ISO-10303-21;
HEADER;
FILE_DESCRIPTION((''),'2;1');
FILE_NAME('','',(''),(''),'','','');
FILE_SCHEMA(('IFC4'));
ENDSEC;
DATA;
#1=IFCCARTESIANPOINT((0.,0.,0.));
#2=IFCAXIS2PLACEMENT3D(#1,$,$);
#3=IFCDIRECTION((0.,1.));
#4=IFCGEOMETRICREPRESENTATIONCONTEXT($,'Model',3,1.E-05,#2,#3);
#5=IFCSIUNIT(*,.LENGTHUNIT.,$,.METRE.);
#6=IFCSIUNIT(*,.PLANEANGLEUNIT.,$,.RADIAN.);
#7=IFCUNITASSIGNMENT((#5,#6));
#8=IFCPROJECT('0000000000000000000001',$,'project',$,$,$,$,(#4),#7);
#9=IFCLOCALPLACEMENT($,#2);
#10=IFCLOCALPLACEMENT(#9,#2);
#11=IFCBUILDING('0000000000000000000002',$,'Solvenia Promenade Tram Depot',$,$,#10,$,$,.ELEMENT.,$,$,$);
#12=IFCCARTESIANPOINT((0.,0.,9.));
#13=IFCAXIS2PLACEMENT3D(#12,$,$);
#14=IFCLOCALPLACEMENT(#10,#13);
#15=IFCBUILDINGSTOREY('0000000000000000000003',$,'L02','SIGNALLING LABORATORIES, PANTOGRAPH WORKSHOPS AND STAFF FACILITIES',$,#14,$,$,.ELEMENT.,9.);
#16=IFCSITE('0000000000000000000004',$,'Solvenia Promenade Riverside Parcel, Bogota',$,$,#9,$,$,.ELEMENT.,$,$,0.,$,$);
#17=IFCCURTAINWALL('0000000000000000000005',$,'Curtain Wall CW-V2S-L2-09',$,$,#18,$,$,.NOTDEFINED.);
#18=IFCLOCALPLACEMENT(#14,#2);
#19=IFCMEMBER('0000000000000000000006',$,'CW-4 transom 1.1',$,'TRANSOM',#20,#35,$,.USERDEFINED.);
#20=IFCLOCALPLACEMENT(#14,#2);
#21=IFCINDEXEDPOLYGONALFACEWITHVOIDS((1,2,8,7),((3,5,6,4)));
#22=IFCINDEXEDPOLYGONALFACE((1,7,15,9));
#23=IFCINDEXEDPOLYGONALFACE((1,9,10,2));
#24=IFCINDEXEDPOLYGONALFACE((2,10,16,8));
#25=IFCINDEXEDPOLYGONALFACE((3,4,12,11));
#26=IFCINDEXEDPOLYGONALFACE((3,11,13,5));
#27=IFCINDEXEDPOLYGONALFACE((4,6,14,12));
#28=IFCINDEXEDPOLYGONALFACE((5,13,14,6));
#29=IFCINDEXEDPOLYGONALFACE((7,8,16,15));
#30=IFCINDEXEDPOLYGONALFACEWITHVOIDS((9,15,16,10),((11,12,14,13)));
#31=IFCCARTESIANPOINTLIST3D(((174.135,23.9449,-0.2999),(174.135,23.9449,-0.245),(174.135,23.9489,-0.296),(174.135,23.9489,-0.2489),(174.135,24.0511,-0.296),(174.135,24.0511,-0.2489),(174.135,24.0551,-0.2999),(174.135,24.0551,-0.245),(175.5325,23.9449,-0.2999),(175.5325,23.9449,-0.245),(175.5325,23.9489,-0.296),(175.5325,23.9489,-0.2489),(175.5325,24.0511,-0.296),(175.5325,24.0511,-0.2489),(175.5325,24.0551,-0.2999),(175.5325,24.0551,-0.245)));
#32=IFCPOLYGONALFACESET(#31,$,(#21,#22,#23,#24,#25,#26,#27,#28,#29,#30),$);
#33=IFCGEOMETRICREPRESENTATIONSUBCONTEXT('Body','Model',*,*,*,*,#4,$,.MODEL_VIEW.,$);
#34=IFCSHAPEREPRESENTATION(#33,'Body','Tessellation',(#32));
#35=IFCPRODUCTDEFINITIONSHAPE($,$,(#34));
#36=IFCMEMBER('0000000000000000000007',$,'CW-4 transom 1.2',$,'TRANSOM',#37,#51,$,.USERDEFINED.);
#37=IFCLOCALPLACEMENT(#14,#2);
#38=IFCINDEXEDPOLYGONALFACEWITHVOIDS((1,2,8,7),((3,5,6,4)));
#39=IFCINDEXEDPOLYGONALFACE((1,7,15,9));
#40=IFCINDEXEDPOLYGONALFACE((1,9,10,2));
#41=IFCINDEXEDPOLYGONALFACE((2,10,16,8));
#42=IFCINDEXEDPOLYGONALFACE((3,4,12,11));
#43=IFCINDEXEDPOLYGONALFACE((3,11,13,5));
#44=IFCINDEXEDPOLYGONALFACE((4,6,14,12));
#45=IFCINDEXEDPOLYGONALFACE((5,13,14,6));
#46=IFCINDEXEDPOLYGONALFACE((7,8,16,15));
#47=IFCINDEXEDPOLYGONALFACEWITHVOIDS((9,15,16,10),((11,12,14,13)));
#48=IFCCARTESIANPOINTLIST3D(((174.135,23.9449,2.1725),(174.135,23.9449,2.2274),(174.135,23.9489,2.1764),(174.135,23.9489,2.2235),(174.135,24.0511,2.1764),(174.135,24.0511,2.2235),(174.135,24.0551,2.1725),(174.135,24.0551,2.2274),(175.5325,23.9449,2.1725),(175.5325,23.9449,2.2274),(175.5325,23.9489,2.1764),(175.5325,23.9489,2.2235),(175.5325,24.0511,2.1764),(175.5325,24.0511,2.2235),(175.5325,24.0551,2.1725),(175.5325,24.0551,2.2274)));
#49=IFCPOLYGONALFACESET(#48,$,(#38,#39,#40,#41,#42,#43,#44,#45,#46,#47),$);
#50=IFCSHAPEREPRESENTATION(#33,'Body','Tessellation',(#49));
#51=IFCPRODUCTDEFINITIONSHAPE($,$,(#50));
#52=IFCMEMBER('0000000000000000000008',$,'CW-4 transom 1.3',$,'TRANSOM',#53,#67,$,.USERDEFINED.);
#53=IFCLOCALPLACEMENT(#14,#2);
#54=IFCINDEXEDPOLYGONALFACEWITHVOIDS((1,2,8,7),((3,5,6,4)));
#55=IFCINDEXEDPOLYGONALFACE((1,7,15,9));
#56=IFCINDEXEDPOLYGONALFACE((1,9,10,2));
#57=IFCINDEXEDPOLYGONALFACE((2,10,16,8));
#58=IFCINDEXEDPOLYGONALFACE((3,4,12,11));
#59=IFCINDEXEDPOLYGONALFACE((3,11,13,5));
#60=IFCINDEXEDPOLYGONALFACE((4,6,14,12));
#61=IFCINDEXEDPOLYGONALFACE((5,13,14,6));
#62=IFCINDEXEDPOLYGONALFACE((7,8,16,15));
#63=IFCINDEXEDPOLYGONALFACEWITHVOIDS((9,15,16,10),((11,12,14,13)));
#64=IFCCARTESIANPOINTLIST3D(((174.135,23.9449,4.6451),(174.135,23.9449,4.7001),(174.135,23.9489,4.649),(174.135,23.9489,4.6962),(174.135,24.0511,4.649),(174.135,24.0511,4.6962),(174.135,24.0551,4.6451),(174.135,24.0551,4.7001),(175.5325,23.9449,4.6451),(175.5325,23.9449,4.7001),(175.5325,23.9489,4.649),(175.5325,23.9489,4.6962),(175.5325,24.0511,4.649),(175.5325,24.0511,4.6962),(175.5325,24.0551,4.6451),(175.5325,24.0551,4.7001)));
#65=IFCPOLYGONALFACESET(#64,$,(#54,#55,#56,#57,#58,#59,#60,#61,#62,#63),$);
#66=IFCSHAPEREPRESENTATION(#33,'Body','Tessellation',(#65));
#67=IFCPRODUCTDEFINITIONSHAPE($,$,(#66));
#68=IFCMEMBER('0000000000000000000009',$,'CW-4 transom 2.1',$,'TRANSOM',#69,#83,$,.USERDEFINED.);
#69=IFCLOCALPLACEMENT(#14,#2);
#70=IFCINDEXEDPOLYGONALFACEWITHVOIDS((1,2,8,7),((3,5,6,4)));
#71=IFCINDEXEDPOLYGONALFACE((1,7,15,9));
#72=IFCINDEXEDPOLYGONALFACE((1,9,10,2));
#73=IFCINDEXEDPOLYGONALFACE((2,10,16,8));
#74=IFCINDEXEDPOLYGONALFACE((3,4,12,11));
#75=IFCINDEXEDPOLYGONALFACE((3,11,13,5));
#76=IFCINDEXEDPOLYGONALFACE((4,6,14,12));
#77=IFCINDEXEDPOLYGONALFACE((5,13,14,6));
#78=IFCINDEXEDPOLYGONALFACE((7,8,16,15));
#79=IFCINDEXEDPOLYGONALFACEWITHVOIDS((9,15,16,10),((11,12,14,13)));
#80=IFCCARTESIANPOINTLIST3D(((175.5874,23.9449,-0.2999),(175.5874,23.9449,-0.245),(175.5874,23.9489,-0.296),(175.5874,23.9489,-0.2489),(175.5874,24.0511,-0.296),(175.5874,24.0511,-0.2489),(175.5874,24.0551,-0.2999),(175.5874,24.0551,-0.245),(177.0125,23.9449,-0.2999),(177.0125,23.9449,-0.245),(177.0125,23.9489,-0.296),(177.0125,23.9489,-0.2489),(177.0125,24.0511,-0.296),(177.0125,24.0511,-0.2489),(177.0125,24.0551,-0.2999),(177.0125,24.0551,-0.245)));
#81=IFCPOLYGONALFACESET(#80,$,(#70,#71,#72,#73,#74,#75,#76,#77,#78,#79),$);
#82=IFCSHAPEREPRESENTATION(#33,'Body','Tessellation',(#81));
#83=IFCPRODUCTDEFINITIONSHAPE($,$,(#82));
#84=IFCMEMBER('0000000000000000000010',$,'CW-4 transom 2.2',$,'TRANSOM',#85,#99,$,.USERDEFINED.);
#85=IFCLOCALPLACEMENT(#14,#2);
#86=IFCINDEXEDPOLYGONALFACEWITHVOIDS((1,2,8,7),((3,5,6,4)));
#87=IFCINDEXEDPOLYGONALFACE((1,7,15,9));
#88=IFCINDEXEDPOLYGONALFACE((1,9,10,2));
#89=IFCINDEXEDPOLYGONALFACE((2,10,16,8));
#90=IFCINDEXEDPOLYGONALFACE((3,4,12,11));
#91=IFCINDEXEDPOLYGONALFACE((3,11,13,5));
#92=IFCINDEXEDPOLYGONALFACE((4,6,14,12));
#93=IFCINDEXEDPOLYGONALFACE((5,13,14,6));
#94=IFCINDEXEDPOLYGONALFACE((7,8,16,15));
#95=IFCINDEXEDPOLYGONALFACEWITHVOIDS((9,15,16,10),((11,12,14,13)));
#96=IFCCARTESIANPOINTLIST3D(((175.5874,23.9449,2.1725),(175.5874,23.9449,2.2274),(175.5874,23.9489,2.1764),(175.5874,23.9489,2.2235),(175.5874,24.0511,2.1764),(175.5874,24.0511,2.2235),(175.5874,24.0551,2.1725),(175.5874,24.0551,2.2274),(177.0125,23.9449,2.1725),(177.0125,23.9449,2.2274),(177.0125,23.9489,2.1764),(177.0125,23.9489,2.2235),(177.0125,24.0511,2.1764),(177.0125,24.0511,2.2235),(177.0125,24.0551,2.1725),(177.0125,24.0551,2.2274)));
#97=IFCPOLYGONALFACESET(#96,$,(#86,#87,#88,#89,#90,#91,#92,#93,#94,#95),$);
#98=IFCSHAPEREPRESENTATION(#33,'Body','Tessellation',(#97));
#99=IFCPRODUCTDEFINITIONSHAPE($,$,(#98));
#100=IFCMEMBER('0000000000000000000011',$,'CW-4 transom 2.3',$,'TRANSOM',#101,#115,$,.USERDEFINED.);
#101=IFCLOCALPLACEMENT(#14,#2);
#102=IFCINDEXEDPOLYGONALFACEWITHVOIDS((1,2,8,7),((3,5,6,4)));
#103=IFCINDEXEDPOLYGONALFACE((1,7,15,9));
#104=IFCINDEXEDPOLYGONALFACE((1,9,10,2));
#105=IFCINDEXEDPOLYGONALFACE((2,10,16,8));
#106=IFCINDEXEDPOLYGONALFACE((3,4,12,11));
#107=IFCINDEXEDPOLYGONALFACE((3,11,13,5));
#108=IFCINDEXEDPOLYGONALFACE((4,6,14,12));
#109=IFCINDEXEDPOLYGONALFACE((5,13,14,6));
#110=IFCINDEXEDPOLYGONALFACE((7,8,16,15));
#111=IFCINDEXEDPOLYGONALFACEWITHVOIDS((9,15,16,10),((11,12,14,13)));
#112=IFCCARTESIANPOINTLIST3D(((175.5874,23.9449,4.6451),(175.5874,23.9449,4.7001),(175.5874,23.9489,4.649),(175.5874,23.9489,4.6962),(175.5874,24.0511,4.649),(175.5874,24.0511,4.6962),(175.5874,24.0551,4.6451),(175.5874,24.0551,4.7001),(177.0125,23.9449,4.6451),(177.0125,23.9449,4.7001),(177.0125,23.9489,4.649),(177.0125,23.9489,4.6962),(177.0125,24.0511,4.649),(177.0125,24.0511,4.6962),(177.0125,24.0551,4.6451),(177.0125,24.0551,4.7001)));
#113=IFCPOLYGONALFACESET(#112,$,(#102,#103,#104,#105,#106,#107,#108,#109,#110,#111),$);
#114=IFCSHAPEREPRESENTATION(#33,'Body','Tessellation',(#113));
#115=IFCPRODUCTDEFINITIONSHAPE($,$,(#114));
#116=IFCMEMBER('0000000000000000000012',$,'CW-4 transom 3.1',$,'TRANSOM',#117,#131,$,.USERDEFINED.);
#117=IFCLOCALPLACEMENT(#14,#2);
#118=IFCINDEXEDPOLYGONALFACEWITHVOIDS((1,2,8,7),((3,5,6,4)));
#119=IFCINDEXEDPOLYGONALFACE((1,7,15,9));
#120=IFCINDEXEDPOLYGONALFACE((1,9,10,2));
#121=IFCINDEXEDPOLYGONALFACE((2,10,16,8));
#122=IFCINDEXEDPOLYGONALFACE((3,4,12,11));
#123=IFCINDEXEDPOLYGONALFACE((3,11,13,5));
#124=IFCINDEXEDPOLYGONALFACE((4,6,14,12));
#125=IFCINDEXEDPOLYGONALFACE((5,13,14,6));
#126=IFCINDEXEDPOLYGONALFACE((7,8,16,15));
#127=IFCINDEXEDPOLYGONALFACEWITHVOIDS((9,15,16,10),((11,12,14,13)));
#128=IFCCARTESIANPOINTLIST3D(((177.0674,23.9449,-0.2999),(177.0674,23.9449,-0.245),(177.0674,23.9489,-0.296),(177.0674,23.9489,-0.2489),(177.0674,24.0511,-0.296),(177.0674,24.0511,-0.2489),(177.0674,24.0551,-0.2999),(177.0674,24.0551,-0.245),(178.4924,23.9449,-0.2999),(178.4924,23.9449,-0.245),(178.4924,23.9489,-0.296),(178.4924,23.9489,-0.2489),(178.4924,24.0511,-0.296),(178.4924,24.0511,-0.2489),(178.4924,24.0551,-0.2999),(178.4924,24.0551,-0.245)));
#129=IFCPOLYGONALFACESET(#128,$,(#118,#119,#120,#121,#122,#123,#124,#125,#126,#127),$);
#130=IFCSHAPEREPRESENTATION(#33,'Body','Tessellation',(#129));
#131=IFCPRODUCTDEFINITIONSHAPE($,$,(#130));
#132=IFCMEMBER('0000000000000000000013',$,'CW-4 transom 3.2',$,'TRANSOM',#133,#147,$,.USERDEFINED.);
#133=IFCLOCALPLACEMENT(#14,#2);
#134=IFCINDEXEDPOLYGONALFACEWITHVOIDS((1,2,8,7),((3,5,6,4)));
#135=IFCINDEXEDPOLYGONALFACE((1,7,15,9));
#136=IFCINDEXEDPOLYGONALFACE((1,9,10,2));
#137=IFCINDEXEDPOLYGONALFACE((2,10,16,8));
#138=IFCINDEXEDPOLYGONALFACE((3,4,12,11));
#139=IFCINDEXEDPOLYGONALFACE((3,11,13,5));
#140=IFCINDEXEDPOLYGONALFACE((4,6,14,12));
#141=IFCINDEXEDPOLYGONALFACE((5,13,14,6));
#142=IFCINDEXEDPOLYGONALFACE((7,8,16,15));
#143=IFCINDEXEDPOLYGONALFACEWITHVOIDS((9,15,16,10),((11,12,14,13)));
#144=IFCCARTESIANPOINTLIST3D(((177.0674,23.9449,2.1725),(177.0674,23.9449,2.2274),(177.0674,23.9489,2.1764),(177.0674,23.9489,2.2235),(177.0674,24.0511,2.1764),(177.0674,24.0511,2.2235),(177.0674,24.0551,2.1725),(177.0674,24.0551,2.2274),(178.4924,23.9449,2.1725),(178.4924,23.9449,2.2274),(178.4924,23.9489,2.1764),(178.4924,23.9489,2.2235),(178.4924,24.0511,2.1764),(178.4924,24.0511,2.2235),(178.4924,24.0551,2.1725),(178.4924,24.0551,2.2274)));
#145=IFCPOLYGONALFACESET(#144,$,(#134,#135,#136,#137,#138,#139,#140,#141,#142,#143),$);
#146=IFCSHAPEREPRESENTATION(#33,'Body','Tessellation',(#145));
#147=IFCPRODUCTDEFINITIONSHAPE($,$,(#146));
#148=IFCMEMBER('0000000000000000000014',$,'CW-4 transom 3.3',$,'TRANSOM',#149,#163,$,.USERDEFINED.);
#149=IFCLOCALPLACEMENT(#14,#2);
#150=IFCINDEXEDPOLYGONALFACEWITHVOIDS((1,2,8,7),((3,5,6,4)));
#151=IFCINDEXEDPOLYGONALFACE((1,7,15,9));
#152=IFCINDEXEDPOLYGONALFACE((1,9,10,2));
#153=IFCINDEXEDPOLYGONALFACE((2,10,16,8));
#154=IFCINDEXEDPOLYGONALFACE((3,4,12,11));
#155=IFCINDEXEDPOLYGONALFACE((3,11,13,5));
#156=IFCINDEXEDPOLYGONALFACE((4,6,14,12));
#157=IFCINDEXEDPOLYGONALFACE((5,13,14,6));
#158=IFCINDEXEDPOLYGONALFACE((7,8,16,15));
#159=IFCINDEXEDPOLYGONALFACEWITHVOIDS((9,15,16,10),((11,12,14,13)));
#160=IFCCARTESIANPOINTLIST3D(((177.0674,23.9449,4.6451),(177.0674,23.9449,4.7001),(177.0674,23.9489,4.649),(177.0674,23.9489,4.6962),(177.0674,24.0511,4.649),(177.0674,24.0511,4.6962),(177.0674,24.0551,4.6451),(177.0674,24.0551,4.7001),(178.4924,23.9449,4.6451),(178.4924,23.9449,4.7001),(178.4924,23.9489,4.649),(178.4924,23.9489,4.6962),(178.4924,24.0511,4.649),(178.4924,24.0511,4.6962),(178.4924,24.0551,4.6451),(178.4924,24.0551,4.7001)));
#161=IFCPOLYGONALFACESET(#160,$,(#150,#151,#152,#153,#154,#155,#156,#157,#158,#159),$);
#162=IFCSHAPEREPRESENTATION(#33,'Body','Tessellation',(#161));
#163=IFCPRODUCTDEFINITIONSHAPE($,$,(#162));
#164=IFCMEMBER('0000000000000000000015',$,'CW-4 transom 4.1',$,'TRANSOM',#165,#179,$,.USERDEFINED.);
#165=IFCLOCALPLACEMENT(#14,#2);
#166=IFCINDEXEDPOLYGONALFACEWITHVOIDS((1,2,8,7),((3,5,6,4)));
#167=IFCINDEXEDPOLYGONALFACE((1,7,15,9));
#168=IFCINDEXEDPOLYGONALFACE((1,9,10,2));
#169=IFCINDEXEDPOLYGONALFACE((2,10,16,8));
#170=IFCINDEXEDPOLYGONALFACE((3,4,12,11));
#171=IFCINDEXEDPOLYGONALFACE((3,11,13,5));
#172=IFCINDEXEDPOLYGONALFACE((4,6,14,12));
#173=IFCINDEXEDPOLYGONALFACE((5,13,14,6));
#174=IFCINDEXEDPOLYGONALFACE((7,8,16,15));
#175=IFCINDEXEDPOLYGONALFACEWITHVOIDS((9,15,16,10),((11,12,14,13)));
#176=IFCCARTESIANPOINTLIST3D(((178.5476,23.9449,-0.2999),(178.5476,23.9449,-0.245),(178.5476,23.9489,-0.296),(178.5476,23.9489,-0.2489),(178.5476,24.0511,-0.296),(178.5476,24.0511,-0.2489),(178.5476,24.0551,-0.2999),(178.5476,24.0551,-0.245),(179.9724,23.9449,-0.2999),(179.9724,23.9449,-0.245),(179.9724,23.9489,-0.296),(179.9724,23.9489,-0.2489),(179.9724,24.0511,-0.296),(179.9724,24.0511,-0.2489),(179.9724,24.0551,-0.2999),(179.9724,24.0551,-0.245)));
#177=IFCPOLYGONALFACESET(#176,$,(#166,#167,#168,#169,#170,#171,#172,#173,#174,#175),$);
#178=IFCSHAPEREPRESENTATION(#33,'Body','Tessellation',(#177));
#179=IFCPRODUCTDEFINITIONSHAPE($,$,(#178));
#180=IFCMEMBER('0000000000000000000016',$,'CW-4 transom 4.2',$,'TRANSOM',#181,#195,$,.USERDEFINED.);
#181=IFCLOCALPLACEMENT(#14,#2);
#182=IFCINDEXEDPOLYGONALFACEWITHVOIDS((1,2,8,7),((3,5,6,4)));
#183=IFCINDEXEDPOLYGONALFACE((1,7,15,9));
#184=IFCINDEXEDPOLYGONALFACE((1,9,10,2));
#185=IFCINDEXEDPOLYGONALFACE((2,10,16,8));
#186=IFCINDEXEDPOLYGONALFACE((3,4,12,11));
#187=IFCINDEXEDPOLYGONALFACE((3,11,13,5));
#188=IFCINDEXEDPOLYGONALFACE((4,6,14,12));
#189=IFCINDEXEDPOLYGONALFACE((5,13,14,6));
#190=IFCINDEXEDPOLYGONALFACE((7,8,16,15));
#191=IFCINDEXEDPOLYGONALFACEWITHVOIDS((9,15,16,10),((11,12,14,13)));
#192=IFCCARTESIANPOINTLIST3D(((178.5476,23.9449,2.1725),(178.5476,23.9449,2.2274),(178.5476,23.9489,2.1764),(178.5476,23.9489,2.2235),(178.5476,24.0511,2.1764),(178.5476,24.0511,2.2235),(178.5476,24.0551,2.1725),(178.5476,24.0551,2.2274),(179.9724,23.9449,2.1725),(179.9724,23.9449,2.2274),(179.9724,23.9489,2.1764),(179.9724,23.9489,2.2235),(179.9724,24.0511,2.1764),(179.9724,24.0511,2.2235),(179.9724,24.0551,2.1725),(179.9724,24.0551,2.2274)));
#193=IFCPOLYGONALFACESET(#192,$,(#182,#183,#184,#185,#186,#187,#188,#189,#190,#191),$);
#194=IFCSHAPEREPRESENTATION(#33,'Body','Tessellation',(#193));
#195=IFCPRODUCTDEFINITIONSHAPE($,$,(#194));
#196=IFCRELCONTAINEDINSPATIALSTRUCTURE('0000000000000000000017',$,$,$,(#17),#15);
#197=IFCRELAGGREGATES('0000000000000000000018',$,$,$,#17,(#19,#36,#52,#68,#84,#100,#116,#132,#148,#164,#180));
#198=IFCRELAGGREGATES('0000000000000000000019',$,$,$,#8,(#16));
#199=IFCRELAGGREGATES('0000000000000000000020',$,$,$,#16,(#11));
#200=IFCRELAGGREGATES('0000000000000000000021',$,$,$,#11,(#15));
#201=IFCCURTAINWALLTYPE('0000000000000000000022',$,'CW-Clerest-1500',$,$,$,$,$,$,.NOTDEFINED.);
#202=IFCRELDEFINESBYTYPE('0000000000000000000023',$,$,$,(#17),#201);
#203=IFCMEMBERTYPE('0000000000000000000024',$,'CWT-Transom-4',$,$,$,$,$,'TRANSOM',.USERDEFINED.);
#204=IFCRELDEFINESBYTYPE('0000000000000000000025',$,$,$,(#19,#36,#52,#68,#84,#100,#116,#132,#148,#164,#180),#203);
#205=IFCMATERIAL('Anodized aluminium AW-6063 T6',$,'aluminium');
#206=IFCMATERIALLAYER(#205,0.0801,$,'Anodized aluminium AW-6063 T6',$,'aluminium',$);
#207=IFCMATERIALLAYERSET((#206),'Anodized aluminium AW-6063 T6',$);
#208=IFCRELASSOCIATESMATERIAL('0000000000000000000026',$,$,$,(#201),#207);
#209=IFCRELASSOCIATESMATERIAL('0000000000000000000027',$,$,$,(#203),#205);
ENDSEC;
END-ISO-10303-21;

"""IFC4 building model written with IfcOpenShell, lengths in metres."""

from ifc_helpers import new_model, si_unit, direction, frame, origin, origin_2d, place, context, subcontext, project, spatial, hollow_rectangle, extrude, material, layer, layer_set, material_profile, profile_set, type_object, element, aggregate, save


model = new_model("IFC4")

# Units and contexts
model_context = context("Model", 3, precision=1e-05, world=origin(), true_north=direction((0.0, 1.0)))
body_context = subcontext(model_context, "Body", "Model", "MODEL_VIEW")
ifc_project = project(units=[si_unit("LENGTHUNIT", "METRE"), si_unit("PLANEANGLEUNIT", "RADIAN")], contexts=[model_context])

# Site, building, storey
site_placement = place(None, origin())
site = spatial("IfcSite", under=ifc_project, at=site_placement, Name="Solvenia Promenade Riverside Parcel, Bogota", CompositionType="ELEMENT", RefElevation=0.0)
building_placement = place(site_placement, origin())
building = spatial("IfcBuilding", under=site, at=building_placement, Name="Solvenia Promenade Tram Depot", CompositionType="ELEMENT")
storey_placement = place(building_placement, frame((0.0, 0.0, 9.0)))
storey = spatial("IfcBuildingStorey", under=building, at=storey_placement, Name="L02", Description="SIGNALLING LABORATORIES, PANTOGRAPH WORKSHOPS AND STAFF FACILITIES", CompositionType="ELEMENT", Elevation=9.0)

# Shared definitions
ifc_material_1 = material(Name="Anodized aluminium AW-6063 T6", Category="aluminium")
ifc_layer_1 = layer(ifc_material_1, 0.0801, Name="Anodized aluminium AW-6063 T6", Category="aluminium")
ifc_layer_set_1 = layer_set([ifc_layer_1], Name="Anodized aluminium AW-6063 T6")
curtain_wall_type = type_object("IfcCurtainWallType", Name="CW-Clerest-1500", PredefinedType="NOTDEFINED", material=ifc_layer_set_1)

# Curtain wall, members
curtain_wall_1_placement = place(storey_placement, origin())
curtain_wall_1 = element("IfcCurtainWall", 1, at=curtain_wall_1_placement, inside=storey, type_object=curtain_wall_type, Name="Curtain Wall CW-V2S-L2-09", PredefinedType="NOTDEFINED")
ifc_material_profile_1 = material_profile(ifc_material_1, hollow_rectangle(XDim=0.1101, YDim=0.0549, WallThickness=0.0039, at=origin_2d()), Name="ALU-T4", Category="aluminium")
ifc_profile_set_1 = profile_set([ifc_material_profile_1], Name="Anodized aluminium AW-6063 T6")
member_type_1 = type_object("IfcMemberType", Name="CWT-Transom-4", ElementType="TRANSOM", PredefinedType="USERDEFINED", material=ifc_profile_set_1)
member_1_placement = place(storey_placement, frame((174.135, 24.0, -0.2725), z_axis=(1.0, 0.0, 0.0), x_axis=(0.0, 1.0, 0.0)))
member_1 = element("IfcMember", 2, at=member_1_placement, type_object=member_type_1, Name="CW-4 transom 1.1", ObjectType="TRANSOM", PredefinedType="USERDEFINED", context=body_context, shape_type="SweptSolid", body=[
    extrude(hollow_rectangle(XDim=0.1101, YDim=0.0549, WallThickness=0.0039, at=origin_2d()), origin(), (0.0, 0.0, 1.0), 1.3975),
])
member_2_placement = place(storey_placement, frame((174.135, 24.0, 2.2), z_axis=(1.0, 0.0, 0.0), x_axis=(0.0, 1.0, 0.0)))
member_2 = element("IfcMember", 3, at=member_2_placement, type_object=member_type_1, Name="CW-4 transom 1.2", ObjectType="TRANSOM", PredefinedType="USERDEFINED", context=body_context, shape_type="SweptSolid", body=[
    extrude(hollow_rectangle(XDim=0.1101, YDim=0.0549, WallThickness=0.0039, at=origin_2d()), origin(), (0.0, 0.0, 1.0), 1.3975),
])
member_3_placement = place(storey_placement, frame((174.135, 24.0, 4.6726), z_axis=(1.0, 0.0, 0.0), x_axis=(0.0, 1.0, 0.0)))
member_3 = element("IfcMember", 4, at=member_3_placement, type_object=member_type_1, Name="CW-4 transom 1.3", ObjectType="TRANSOM", PredefinedType="USERDEFINED", context=body_context, shape_type="SweptSolid", body=[
    extrude(hollow_rectangle(XDim=0.1101, YDim=0.0549, WallThickness=0.0039, at=origin_2d()), origin(), (0.0, 0.0, 1.0), 1.3975),
])
member_4_placement = place(storey_placement, frame((175.5874, 24.0, -0.2725), z_axis=(1.0, 0.0, 0.0), x_axis=(0.0, 1.0, 0.0)))
member_4 = element("IfcMember", 5, at=member_4_placement, type_object=member_type_1, Name="CW-4 transom 2.1", ObjectType="TRANSOM", PredefinedType="USERDEFINED", context=body_context, shape_type="SweptSolid", body=[
    extrude(hollow_rectangle(XDim=0.1101, YDim=0.0549, WallThickness=0.0039, at=origin_2d()), origin(), (0.0, 0.0, 1.0), 1.425),
])
member_5_placement = place(storey_placement, frame((175.5874, 24.0, 2.2), z_axis=(1.0, 0.0, 0.0), x_axis=(0.0, 1.0, 0.0)))
member_5 = element("IfcMember", 6, at=member_5_placement, type_object=member_type_1, Name="CW-4 transom 2.2", ObjectType="TRANSOM", PredefinedType="USERDEFINED", context=body_context, shape_type="SweptSolid", body=[
    extrude(hollow_rectangle(XDim=0.1101, YDim=0.0549, WallThickness=0.0039, at=origin_2d()), origin(), (0.0, 0.0, 1.0), 1.425),
])
member_6_placement = place(storey_placement, frame((175.5874, 24.0, 4.6726), z_axis=(1.0, 0.0, 0.0), x_axis=(0.0, 1.0, 0.0)))
member_6 = element("IfcMember", 7, at=member_6_placement, type_object=member_type_1, Name="CW-4 transom 2.3", ObjectType="TRANSOM", PredefinedType="USERDEFINED", context=body_context, shape_type="SweptSolid", body=[
    extrude(hollow_rectangle(XDim=0.1101, YDim=0.0549, WallThickness=0.0039, at=origin_2d()), origin(), (0.0, 0.0, 1.0), 1.425),
])
member_7_placement = place(storey_placement, frame((177.0674, 24.0, -0.2725), z_axis=(1.0, 0.0, 0.0), x_axis=(0.0, 1.0, 0.0)))
member_7 = element("IfcMember", 8, at=member_7_placement, type_object=member_type_1, Name="CW-4 transom 3.1", ObjectType="TRANSOM", PredefinedType="USERDEFINED", context=body_context, shape_type="SweptSolid", body=[
    extrude(hollow_rectangle(XDim=0.1101, YDim=0.0549, WallThickness=0.0039, at=origin_2d()), origin(), (0.0, 0.0, 1.0), 1.425),
])
member_8_placement = place(storey_placement, frame((177.0674, 24.0, 2.2), z_axis=(1.0, 0.0, 0.0), x_axis=(0.0, 1.0, 0.0)))
member_8 = element("IfcMember", 9, at=member_8_placement, type_object=member_type_1, Name="CW-4 transom 3.2", ObjectType="TRANSOM", PredefinedType="USERDEFINED", context=body_context, shape_type="SweptSolid", body=[
    extrude(hollow_rectangle(XDim=0.1101, YDim=0.0549, WallThickness=0.0039, at=origin_2d()), origin(), (0.0, 0.0, 1.0), 1.425),
])
member_9_placement = place(storey_placement, frame((177.0674, 24.0, 4.6726), z_axis=(1.0, 0.0, 0.0), x_axis=(0.0, 1.0, 0.0)))
member_9 = element("IfcMember", 10, at=member_9_placement, type_object=member_type_1, Name="CW-4 transom 3.3", ObjectType="TRANSOM", PredefinedType="USERDEFINED", context=body_context, shape_type="SweptSolid", body=[
    extrude(hollow_rectangle(XDim=0.1101, YDim=0.0549, WallThickness=0.0039, at=origin_2d()), origin(), (0.0, 0.0, 1.0), 1.425),
])
member_10_placement = place(storey_placement, frame((178.5476, 24.0, -0.2725), z_axis=(1.0, 0.0, 0.0), x_axis=(0.0, 1.0, 0.0)))
member_10 = element("IfcMember", 11, at=member_10_placement, type_object=member_type_1, Name="CW-4 transom 4.1", ObjectType="TRANSOM", PredefinedType="USERDEFINED", context=body_context, shape_type="SweptSolid", body=[
    extrude(hollow_rectangle(XDim=0.1101, YDim=0.0549, WallThickness=0.0039, at=origin_2d()), origin(), (0.0, 0.0, 1.0), 1.4248),
])
member_11_placement = place(storey_placement, frame((178.5476, 24.0, 2.2), z_axis=(1.0, 0.0, 0.0), x_axis=(0.0, 1.0, 0.0)))
member_11 = element("IfcMember", 12, at=member_11_placement, type_object=member_type_1, Name="CW-4 transom 4.2", ObjectType="TRANSOM", PredefinedType="USERDEFINED", context=body_context, shape_type="SweptSolid", body=[
    extrude(hollow_rectangle(XDim=0.1101, YDim=0.0549, WallThickness=0.0039, at=origin_2d()), origin(), (0.0, 0.0, 1.0), 1.4248),
])

aggregate(curtain_wall_1, [member_1, member_2, member_3, member_4, member_5, member_6, member_7, member_8, member_9, member_10, member_11])

save(model, "model.ifc")
